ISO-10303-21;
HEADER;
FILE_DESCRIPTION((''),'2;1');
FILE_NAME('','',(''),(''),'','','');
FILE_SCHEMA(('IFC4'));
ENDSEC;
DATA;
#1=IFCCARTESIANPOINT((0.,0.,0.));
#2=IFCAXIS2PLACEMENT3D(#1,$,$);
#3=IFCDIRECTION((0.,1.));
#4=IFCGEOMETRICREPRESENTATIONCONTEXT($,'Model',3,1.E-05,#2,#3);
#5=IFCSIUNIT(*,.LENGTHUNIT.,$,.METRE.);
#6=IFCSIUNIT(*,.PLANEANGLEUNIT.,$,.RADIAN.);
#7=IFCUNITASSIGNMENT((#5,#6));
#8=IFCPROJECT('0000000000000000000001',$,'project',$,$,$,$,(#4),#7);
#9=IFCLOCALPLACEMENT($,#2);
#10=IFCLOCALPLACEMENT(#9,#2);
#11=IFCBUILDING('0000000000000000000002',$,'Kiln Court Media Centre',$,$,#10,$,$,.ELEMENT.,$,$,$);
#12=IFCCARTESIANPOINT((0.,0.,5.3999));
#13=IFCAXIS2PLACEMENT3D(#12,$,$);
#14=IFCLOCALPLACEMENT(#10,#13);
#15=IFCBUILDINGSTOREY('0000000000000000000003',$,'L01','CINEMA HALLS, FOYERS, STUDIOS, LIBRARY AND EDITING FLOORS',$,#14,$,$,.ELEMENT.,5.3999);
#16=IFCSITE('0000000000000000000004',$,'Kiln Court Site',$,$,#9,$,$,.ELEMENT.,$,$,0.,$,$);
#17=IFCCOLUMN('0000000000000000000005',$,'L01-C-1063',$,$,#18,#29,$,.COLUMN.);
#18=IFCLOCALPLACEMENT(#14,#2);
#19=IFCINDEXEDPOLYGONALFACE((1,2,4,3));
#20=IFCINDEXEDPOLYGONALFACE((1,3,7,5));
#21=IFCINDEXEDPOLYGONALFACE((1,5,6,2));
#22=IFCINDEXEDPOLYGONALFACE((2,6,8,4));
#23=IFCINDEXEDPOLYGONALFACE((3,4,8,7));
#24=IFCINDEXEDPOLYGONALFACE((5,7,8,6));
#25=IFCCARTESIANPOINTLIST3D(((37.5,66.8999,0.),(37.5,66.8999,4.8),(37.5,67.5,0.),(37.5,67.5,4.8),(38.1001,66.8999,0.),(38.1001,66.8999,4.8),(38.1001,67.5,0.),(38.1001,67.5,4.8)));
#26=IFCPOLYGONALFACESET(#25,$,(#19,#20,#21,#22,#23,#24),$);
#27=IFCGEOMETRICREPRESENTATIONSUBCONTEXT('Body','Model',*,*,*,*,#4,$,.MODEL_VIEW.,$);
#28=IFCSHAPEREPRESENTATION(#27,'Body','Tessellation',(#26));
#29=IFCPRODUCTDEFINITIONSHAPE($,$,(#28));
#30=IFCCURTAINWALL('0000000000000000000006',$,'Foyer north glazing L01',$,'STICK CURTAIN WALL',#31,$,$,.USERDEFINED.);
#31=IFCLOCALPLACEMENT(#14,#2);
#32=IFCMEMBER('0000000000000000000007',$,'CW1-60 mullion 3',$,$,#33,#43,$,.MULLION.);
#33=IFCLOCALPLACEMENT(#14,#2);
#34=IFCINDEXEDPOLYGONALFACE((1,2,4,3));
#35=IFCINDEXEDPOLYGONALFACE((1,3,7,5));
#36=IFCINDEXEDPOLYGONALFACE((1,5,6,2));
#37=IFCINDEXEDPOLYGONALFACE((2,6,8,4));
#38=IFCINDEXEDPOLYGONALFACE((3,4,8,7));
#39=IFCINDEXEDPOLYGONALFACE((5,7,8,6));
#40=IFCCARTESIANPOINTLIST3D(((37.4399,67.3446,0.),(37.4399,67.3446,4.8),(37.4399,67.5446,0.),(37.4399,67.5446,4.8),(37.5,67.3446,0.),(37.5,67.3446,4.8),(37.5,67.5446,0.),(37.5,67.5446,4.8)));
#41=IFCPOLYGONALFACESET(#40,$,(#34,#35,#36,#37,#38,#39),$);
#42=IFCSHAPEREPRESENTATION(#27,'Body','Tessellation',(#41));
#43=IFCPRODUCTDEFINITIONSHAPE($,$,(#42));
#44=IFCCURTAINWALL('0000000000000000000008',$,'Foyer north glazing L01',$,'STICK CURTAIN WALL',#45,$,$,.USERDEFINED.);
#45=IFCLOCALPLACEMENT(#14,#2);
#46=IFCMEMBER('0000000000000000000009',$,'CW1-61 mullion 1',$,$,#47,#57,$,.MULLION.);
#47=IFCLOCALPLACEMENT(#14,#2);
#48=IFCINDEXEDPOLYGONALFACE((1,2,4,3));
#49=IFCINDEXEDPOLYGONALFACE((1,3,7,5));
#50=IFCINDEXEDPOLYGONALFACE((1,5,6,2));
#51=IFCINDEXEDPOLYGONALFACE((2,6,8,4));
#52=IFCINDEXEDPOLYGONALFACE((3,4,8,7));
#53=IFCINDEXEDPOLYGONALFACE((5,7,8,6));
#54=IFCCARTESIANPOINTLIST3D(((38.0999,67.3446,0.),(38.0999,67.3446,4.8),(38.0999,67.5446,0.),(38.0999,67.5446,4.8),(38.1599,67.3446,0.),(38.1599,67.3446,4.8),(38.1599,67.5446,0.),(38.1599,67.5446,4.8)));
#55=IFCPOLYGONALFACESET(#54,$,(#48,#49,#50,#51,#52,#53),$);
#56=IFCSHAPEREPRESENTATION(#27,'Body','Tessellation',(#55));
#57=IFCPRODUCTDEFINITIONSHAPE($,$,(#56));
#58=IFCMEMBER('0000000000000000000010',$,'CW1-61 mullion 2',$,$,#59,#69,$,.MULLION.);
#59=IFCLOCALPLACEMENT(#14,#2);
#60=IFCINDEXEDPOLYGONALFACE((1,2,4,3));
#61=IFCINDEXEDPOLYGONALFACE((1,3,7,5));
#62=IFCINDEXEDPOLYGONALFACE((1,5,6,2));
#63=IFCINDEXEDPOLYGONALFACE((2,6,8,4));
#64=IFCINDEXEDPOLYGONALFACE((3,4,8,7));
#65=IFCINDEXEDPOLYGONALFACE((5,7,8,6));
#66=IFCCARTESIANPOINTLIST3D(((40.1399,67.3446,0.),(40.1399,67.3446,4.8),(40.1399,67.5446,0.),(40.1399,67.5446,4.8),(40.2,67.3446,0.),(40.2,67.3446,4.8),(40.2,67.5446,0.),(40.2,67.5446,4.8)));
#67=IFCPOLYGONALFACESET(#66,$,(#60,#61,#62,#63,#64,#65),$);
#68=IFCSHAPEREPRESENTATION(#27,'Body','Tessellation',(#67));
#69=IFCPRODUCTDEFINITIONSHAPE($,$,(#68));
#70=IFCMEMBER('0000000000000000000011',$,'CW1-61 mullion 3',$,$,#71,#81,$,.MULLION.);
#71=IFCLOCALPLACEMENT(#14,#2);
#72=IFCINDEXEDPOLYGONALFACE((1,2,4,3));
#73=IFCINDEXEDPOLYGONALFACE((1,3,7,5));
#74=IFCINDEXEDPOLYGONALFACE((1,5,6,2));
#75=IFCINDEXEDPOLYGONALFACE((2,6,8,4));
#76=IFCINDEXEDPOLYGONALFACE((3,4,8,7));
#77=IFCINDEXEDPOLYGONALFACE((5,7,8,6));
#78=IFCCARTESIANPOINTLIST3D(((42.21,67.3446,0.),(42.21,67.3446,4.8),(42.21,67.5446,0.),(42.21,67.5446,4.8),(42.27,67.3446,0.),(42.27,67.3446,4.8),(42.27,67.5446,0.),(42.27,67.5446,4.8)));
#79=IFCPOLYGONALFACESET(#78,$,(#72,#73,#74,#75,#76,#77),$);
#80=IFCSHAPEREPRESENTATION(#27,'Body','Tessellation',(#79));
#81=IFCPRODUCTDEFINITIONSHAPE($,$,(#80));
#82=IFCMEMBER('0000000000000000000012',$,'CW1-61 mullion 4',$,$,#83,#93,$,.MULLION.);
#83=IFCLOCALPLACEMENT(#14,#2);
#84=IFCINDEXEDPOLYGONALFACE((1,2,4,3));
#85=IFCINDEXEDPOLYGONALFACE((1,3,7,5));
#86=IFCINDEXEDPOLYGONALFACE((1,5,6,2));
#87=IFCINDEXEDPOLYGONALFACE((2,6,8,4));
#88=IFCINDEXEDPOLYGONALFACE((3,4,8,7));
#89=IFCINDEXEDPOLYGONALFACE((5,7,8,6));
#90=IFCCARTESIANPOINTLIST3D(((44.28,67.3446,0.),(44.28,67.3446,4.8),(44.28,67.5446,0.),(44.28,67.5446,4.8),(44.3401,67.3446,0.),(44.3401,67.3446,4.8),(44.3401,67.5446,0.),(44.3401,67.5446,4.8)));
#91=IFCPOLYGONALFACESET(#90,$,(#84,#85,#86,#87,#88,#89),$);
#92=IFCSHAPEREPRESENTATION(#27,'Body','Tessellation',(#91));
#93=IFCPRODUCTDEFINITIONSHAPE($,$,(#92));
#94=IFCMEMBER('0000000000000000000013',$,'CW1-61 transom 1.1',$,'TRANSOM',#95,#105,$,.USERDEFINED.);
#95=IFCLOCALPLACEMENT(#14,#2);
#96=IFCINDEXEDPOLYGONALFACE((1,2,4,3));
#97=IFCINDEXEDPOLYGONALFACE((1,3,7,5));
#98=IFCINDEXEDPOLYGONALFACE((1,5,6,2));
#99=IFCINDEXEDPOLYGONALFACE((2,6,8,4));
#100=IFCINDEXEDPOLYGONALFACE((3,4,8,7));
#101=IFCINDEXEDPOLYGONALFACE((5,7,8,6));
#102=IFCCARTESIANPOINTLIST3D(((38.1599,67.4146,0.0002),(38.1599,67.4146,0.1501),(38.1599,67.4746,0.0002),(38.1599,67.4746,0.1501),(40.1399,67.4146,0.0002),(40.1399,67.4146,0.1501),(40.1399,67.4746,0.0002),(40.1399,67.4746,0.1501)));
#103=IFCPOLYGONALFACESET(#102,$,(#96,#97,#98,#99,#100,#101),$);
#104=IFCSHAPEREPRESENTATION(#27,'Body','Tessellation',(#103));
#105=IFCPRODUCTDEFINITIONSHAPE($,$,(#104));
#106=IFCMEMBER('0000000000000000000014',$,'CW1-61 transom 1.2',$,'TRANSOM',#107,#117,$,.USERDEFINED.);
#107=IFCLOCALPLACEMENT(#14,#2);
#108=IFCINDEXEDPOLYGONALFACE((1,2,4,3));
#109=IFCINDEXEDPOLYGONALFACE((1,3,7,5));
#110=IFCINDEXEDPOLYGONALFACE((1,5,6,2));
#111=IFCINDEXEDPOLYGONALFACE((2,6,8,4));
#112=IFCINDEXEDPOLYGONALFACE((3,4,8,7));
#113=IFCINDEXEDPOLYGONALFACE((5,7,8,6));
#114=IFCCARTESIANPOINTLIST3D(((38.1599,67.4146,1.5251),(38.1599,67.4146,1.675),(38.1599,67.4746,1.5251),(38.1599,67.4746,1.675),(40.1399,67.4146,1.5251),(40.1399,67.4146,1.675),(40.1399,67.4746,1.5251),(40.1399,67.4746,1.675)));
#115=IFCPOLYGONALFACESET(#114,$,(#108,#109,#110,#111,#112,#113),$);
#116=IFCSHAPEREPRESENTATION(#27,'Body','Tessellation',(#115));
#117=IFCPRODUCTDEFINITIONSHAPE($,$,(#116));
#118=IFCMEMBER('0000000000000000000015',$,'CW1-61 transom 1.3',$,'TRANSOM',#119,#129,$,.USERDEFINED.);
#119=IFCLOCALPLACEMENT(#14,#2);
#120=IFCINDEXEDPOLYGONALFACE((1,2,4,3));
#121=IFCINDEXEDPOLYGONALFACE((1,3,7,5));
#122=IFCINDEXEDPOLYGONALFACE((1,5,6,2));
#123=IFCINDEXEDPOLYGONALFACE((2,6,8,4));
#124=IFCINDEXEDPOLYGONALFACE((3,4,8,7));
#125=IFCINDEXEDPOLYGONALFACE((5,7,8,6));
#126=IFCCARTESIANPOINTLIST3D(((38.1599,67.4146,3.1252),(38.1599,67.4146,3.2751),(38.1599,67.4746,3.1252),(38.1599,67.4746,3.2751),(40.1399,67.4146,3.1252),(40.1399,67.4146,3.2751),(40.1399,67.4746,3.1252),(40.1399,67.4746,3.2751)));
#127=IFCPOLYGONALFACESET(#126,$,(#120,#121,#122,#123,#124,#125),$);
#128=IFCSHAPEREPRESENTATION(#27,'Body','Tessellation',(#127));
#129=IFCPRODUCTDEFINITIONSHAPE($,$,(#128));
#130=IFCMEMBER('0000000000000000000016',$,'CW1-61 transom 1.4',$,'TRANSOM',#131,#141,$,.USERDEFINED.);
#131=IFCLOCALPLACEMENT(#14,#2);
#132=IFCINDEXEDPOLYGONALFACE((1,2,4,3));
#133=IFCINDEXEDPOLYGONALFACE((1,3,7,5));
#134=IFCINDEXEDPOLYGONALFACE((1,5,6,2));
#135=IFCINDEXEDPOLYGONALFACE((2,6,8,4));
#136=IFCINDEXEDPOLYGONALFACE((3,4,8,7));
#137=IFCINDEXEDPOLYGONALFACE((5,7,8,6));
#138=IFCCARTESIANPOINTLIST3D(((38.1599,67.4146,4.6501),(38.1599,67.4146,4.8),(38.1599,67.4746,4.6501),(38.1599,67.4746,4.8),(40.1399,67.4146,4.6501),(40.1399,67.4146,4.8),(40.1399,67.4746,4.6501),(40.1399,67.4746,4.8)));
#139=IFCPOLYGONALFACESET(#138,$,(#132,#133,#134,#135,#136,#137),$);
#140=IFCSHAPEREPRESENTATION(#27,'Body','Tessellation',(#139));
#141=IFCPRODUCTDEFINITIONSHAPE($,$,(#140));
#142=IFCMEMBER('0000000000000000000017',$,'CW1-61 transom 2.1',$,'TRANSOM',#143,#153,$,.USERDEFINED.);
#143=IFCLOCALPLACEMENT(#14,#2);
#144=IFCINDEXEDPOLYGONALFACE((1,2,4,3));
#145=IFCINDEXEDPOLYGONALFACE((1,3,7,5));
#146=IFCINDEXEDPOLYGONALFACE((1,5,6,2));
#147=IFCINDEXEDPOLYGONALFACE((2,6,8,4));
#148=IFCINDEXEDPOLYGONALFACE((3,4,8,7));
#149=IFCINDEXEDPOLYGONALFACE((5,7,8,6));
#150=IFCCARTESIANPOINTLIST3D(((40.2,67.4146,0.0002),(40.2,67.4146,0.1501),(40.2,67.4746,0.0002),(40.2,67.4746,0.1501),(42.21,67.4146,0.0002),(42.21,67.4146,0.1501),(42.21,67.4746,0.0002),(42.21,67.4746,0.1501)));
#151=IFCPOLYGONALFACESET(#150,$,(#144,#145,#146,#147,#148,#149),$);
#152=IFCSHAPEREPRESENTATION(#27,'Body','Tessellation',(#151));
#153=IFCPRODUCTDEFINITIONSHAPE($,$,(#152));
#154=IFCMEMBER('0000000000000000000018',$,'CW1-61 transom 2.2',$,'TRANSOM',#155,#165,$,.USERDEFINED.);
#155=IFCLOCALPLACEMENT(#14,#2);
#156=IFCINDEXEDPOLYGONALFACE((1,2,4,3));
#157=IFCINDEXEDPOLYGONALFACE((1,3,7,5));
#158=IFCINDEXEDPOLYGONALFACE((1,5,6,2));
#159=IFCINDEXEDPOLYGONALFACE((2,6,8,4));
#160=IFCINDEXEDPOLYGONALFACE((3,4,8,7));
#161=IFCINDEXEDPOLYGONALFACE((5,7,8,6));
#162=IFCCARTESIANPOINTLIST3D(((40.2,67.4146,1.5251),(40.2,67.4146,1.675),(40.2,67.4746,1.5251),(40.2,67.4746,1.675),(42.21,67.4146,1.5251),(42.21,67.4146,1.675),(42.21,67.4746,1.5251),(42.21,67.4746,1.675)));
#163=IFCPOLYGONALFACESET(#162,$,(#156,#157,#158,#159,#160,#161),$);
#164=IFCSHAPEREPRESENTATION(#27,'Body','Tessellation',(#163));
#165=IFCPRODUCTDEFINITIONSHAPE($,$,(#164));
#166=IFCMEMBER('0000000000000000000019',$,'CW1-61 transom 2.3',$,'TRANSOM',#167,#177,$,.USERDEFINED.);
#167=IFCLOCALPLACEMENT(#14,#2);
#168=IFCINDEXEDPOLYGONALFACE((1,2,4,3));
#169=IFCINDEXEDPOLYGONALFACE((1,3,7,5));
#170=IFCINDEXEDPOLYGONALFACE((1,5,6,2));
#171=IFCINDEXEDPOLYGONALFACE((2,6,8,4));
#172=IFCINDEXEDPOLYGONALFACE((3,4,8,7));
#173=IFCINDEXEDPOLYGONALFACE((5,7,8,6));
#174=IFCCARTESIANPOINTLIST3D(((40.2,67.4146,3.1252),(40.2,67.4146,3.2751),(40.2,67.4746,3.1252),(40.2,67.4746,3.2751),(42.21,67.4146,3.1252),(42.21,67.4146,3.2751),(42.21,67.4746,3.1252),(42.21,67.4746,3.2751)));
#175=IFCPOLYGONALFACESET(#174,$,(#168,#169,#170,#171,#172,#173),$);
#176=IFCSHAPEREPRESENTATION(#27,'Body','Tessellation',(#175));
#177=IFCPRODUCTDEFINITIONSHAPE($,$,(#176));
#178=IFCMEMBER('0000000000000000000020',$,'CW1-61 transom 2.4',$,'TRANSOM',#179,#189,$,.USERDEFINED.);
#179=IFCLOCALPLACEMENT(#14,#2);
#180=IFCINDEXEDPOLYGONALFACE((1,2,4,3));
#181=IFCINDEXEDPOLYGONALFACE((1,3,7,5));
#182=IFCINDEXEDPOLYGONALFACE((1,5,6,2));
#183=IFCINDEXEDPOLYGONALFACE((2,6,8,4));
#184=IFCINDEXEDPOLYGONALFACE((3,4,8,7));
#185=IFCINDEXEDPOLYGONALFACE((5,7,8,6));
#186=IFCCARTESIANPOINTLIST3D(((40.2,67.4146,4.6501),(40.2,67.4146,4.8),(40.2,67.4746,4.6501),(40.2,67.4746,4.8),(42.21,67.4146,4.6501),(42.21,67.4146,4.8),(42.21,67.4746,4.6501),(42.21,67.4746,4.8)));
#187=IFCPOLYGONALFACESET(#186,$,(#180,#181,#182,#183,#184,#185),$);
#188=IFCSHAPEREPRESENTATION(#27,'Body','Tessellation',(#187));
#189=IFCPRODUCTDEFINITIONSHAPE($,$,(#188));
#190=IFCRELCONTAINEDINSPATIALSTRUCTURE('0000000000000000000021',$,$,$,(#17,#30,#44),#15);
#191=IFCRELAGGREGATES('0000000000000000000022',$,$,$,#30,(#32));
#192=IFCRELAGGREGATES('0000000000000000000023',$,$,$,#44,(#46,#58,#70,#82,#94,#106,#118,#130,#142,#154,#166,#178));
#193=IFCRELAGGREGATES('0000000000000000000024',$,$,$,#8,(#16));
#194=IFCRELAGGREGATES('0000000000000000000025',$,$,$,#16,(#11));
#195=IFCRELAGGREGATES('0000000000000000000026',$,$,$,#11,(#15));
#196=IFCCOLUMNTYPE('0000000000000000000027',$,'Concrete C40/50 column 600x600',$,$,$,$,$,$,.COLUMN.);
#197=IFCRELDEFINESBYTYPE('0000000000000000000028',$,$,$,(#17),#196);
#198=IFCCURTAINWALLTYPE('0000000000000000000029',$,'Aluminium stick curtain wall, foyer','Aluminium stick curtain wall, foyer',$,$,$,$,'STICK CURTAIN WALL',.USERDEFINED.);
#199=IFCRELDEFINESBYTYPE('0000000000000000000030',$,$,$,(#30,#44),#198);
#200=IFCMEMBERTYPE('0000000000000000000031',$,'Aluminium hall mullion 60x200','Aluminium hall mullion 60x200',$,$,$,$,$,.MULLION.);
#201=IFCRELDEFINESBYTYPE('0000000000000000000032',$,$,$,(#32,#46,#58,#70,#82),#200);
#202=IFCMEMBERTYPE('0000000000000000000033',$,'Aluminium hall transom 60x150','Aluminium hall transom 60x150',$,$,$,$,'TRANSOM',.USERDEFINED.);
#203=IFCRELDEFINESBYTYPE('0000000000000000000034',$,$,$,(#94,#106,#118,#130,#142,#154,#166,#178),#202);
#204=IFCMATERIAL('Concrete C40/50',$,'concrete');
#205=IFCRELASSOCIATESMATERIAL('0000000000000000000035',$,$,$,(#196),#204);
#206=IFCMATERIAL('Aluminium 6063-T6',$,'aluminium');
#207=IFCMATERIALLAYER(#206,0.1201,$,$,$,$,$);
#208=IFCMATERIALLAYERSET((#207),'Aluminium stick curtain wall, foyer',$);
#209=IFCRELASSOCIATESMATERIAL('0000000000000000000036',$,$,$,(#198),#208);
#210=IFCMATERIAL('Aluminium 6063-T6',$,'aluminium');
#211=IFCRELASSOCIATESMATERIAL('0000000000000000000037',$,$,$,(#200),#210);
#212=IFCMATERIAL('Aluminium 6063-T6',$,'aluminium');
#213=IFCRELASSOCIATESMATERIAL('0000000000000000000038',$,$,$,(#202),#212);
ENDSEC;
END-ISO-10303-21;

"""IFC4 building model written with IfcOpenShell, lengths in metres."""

from ifc_helpers import new_model, si_unit, direction, frame, origin, origin_2d, place, context, subcontext, project, spatial, rectangle, extrude, material, layer, layer_set, material_profile, profile_set, type_object, element, aggregate, save


model = new_model("IFC4")

# Units and contexts
model_context = context("Model", 3, precision=1e-05, world=origin(), true_north=direction((0.0, 1.0)))
body_context = subcontext(model_context, "Body", "Model", "MODEL_VIEW")
ifc_project = project(units=[si_unit("LENGTHUNIT", "METRE"), si_unit("PLANEANGLEUNIT", "RADIAN")], contexts=[model_context])

# Site, building, storey
site_placement = place(None, origin())
site = spatial("IfcSite", under=ifc_project, at=site_placement, Name="Kiln Court Site", CompositionType="ELEMENT", RefElevation=0.0)
building_placement = place(site_placement, origin())
building = spatial("IfcBuilding", under=site, at=building_placement, Name="Kiln Court Media Centre", CompositionType="ELEMENT")
storey_placement = place(building_placement, frame((0.0, 0.0, 5.3999)))
storey = spatial("IfcBuildingStorey", under=building, at=storey_placement, Name="L01", Description="CINEMA HALLS, FOYERS, STUDIOS, LIBRARY AND EDITING FLOORS", CompositionType="ELEMENT", Elevation=5.3999)

# Column
ifc_material_1 = material(Name="Concrete C40/50", Category="concrete")
ifc_material_profile_1 = material_profile(ifc_material_1, rectangle(XDim=0.6001, YDim=0.6001, at=origin_2d()), Name="RC 600x600")
ifc_profile_set_1 = profile_set([ifc_material_profile_1], Name="Concrete C40/50")
column_type = type_object("IfcColumnType", Name="Concrete C40/50 column 600x600", PredefinedType="COLUMN", material=ifc_profile_set_1)
column_placement = place(storey_placement, frame((37.8, 67.2, 0.0), z_axis=(0.0, 0.0, 1.0), x_axis=(1.0, 0.0, 0.0)))
element("IfcColumn", 1, at=column_placement, inside=storey, type_object=column_type, Name="L01-C-1063", PredefinedType="COLUMN", context=body_context, shape_type="SweptSolid", body=[
    extrude(rectangle(XDim=0.6001, YDim=0.6001, at=origin_2d()), origin(), (0.0, 0.0, 1.0), 4.8),
])

# Curtain wall, member
ifc_material_2 = material(Name="Aluminium 6063-T6", Category="aluminium")
ifc_layer_1 = layer(ifc_material_2, 0.1201)
ifc_layer_set_1 = layer_set([ifc_layer_1], Name="Aluminium stick curtain wall, foyer")
curtain_wall_type = type_object("IfcCurtainWallType", Name="Aluminium stick curtain wall, foyer", Description="Aluminium stick curtain wall, foyer", ElementType="STICK CURTAIN WALL", PredefinedType="USERDEFINED", material=ifc_layer_set_1)
curtain_wall_1_placement = place(storey_placement, origin())
curtain_wall_1 = element("IfcCurtainWall", 2, at=curtain_wall_1_placement, inside=storey, type_object=curtain_wall_type, Name="Foyer north glazing L01", ObjectType="STICK CURTAIN WALL", PredefinedType="USERDEFINED")
ifc_material_3 = material(Name="Aluminium 6063-T6", Category="aluminium")
ifc_material_profile_2 = material_profile(ifc_material_3, rectangle(XDim=0.0601, YDim=0.2, at=origin_2d()), Name="Aluminium hall mullion 60x200")
ifc_profile_set_2 = profile_set([ifc_material_profile_2], Name="Aluminium 6063-T6")
member_type_1 = type_object("IfcMemberType", Name="Aluminium hall mullion 60x200", Description="Aluminium hall mullion 60x200", PredefinedType="MULLION", material=ifc_profile_set_2)
member_1_placement = place(storey_placement, frame((37.47, 67.4446, 0.0), z_axis=(0.0, 0.0, 1.0), x_axis=(1.0, 0.0, 0.0)))
member_1 = element("IfcMember", 3, at=member_1_placement, type_object=member_type_1, Name="CW1-60 mullion 3", PredefinedType="MULLION", context=body_context, shape_type="SweptSolid", body=[
    extrude(rectangle(XDim=0.0601, YDim=0.2, at=origin_2d()), origin(), (0.0, 0.0, 1.0), 4.8),
])
aggregate(curtain_wall_1, [member_1])

# Curtain wall, members
curtain_wall_2_placement = place(storey_placement, origin())
curtain_wall_2 = element("IfcCurtainWall", 4, at=curtain_wall_2_placement, inside=storey, type_object=curtain_wall_type, Name="Foyer north glazing L01", ObjectType="STICK CURTAIN WALL", PredefinedType="USERDEFINED")
member_2_placement = place(storey_placement, frame((38.1299, 67.4446, 0.0), z_axis=(0.0, 0.0, 1.0), x_axis=(1.0, 0.0, 0.0)))
member_2 = element("IfcMember", 5, at=member_2_placement, type_object=member_type_1, Name="CW1-61 mullion 1", PredefinedType="MULLION", context=body_context, shape_type="SweptSolid", body=[
    extrude(rectangle(XDim=0.0601, YDim=0.2, at=origin_2d()), origin(), (0.0, 0.0, 1.0), 4.8),
])
member_3_placement = place(storey_placement, frame((40.1699, 67.4446, 0.0), z_axis=(0.0, 0.0, 1.0), x_axis=(1.0, 0.0, 0.0)))
member_3 = element("IfcMember", 6, at=member_3_placement, type_object=member_type_1, Name="CW1-61 mullion 2", PredefinedType="MULLION", context=body_context, shape_type="SweptSolid", body=[
    extrude(rectangle(XDim=0.0601, YDim=0.2, at=origin_2d()), origin(), (0.0, 0.0, 1.0), 4.8),
])
member_4_placement = place(storey_placement, frame((42.24, 67.4446, 0.0), z_axis=(0.0, 0.0, 1.0), x_axis=(1.0, 0.0, 0.0)))
member_4 = element("IfcMember", 7, at=member_4_placement, type_object=member_type_1, Name="CW1-61 mullion 3", PredefinedType="MULLION", context=body_context, shape_type="SweptSolid", body=[
    extrude(rectangle(XDim=0.0601, YDim=0.2, at=origin_2d()), origin(), (0.0, 0.0, 1.0), 4.8),
])
member_5_placement = place(storey_placement, frame((44.3101, 67.4446, 0.0), z_axis=(0.0, 0.0, 1.0), x_axis=(1.0, 0.0, 0.0)))
member_5 = element("IfcMember", 8, at=member_5_placement, type_object=member_type_1, Name="CW1-61 mullion 4", PredefinedType="MULLION", context=body_context, shape_type="SweptSolid", body=[
    extrude(rectangle(XDim=0.0601, YDim=0.2, at=origin_2d()), origin(), (0.0, 0.0, 1.0), 4.8),
])
ifc_material_4 = material(Name="Aluminium 6063-T6", Category="aluminium")
ifc_material_profile_3 = material_profile(ifc_material_4, rectangle(XDim=0.0601, YDim=0.1499, at=origin_2d()), Name="Aluminium hall transom 60x150")
ifc_profile_set_3 = profile_set([ifc_material_profile_3], Name="Aluminium 6063-T6")
member_type_2 = type_object("IfcMemberType", Name="Aluminium hall transom 60x150", Description="Aluminium hall transom 60x150", ElementType="TRANSOM", PredefinedType="USERDEFINED", material=ifc_profile_set_3)
member_6_placement = place(storey_placement, frame((38.1599, 67.4446, 0.0752), z_axis=(1.0, 0.0, 0.0), x_axis=(0.0, 1.0, 0.0)))
member_6 = element("IfcMember", 9, at=member_6_placement, type_object=member_type_2, Name="CW1-61 transom 1.1", ObjectType="TRANSOM", PredefinedType="USERDEFINED", context=body_context, shape_type="SweptSolid", body=[
    extrude(rectangle(XDim=0.0601, YDim=0.1499, at=origin_2d()), origin(), (0.0, 0.0, 1.0), 1.98),
])
member_7_placement = place(storey_placement, frame((38.1599, 67.4446, 1.6001), z_axis=(1.0, 0.0, 0.0), x_axis=(0.0, 1.0, 0.0)))
member_7 = element("IfcMember", 10, at=member_7_placement, type_object=member_type_2, Name="CW1-61 transom 1.2", ObjectType="TRANSOM", PredefinedType="USERDEFINED", context=body_context, shape_type="SweptSolid", body=[
    extrude(rectangle(XDim=0.0601, YDim=0.1499, at=origin_2d()), origin(), (0.0, 0.0, 1.0), 1.98),
])
member_8_placement = place(storey_placement, frame((38.1599, 67.4446, 3.2002), z_axis=(1.0, 0.0, 0.0), x_axis=(0.0, 1.0, 0.0)))
member_8 = element("IfcMember", 11, at=member_8_placement, type_object=member_type_2, Name="CW1-61 transom 1.3", ObjectType="TRANSOM", PredefinedType="USERDEFINED", context=body_context, shape_type="SweptSolid", body=[
    extrude(rectangle(XDim=0.0601, YDim=0.1499, at=origin_2d()), origin(), (0.0, 0.0, 1.0), 1.98),
])
member_9_placement = place(storey_placement, frame((38.1599, 67.4446, 4.7251), z_axis=(1.0, 0.0, 0.0), x_axis=(0.0, 1.0, 0.0)))
member_9 = element("IfcMember", 12, at=member_9_placement, type_object=member_type_2, Name="CW1-61 transom 1.4", ObjectType="TRANSOM", PredefinedType="USERDEFINED", context=body_context, shape_type="SweptSolid", body=[
    extrude(rectangle(XDim=0.0601, YDim=0.1499, at=origin_2d()), origin(), (0.0, 0.0, 1.0), 1.98),
])
member_10_placement = place(storey_placement, frame((40.2, 67.4446, 0.0752), z_axis=(1.0, 0.0, 0.0), x_axis=(0.0, 1.0, 0.0)))
member_10 = element("IfcMember", 13, at=member_10_placement, type_object=member_type_2, Name="CW1-61 transom 2.1", ObjectType="TRANSOM", PredefinedType="USERDEFINED", context=body_context, shape_type="SweptSolid", body=[
    extrude(rectangle(XDim=0.0601, YDim=0.1499, at=origin_2d()), origin(), (0.0, 0.0, 1.0), 2.01),
])
member_11_placement = place(storey_placement, frame((40.2, 67.4446, 1.6001), z_axis=(1.0, 0.0, 0.0), x_axis=(0.0, 1.0, 0.0)))
member_11 = element("IfcMember", 14, at=member_11_placement, type_object=member_type_2, Name="CW1-61 transom 2.2", ObjectType="TRANSOM", PredefinedType="USERDEFINED", context=body_context, shape_type="SweptSolid", body=[
    extrude(rectangle(XDim=0.0601, YDim=0.1499, at=origin_2d()), origin(), (0.0, 0.0, 1.0), 2.01),
])
member_12_placement = place(storey_placement, frame((40.2, 67.4446, 3.2002), z_axis=(1.0, 0.0, 0.0), x_axis=(0.0, 1.0, 0.0)))
member_12 = element("IfcMember", 15, at=member_12_placement, type_object=member_type_2, Name="CW1-61 transom 2.3", ObjectType="TRANSOM", PredefinedType="USERDEFINED", context=body_context, shape_type="SweptSolid", body=[
    extrude(rectangle(XDim=0.0601, YDim=0.1499, at=origin_2d()), origin(), (0.0, 0.0, 1.0), 2.01),
])
member_13_placement = place(storey_placement, frame((40.2, 67.4446, 4.7251), z_axis=(1.0, 0.0, 0.0), x_axis=(0.0, 1.0, 0.0)))
member_13 = element("IfcMember", 16, at=member_13_placement, type_object=member_type_2, Name="CW1-61 transom 2.4", ObjectType="TRANSOM", PredefinedType="USERDEFINED", context=body_context, shape_type="SweptSolid", body=[
    extrude(rectangle(XDim=0.0601, YDim=0.1499, at=origin_2d()), origin(), (0.0, 0.0, 1.0), 2.01),
])
aggregate(curtain_wall_2, [member_2, member_3, member_4, member_5, member_6, member_7, member_8, member_9, member_10, member_11, member_12, member_13])

save(model, "model.ifc")
